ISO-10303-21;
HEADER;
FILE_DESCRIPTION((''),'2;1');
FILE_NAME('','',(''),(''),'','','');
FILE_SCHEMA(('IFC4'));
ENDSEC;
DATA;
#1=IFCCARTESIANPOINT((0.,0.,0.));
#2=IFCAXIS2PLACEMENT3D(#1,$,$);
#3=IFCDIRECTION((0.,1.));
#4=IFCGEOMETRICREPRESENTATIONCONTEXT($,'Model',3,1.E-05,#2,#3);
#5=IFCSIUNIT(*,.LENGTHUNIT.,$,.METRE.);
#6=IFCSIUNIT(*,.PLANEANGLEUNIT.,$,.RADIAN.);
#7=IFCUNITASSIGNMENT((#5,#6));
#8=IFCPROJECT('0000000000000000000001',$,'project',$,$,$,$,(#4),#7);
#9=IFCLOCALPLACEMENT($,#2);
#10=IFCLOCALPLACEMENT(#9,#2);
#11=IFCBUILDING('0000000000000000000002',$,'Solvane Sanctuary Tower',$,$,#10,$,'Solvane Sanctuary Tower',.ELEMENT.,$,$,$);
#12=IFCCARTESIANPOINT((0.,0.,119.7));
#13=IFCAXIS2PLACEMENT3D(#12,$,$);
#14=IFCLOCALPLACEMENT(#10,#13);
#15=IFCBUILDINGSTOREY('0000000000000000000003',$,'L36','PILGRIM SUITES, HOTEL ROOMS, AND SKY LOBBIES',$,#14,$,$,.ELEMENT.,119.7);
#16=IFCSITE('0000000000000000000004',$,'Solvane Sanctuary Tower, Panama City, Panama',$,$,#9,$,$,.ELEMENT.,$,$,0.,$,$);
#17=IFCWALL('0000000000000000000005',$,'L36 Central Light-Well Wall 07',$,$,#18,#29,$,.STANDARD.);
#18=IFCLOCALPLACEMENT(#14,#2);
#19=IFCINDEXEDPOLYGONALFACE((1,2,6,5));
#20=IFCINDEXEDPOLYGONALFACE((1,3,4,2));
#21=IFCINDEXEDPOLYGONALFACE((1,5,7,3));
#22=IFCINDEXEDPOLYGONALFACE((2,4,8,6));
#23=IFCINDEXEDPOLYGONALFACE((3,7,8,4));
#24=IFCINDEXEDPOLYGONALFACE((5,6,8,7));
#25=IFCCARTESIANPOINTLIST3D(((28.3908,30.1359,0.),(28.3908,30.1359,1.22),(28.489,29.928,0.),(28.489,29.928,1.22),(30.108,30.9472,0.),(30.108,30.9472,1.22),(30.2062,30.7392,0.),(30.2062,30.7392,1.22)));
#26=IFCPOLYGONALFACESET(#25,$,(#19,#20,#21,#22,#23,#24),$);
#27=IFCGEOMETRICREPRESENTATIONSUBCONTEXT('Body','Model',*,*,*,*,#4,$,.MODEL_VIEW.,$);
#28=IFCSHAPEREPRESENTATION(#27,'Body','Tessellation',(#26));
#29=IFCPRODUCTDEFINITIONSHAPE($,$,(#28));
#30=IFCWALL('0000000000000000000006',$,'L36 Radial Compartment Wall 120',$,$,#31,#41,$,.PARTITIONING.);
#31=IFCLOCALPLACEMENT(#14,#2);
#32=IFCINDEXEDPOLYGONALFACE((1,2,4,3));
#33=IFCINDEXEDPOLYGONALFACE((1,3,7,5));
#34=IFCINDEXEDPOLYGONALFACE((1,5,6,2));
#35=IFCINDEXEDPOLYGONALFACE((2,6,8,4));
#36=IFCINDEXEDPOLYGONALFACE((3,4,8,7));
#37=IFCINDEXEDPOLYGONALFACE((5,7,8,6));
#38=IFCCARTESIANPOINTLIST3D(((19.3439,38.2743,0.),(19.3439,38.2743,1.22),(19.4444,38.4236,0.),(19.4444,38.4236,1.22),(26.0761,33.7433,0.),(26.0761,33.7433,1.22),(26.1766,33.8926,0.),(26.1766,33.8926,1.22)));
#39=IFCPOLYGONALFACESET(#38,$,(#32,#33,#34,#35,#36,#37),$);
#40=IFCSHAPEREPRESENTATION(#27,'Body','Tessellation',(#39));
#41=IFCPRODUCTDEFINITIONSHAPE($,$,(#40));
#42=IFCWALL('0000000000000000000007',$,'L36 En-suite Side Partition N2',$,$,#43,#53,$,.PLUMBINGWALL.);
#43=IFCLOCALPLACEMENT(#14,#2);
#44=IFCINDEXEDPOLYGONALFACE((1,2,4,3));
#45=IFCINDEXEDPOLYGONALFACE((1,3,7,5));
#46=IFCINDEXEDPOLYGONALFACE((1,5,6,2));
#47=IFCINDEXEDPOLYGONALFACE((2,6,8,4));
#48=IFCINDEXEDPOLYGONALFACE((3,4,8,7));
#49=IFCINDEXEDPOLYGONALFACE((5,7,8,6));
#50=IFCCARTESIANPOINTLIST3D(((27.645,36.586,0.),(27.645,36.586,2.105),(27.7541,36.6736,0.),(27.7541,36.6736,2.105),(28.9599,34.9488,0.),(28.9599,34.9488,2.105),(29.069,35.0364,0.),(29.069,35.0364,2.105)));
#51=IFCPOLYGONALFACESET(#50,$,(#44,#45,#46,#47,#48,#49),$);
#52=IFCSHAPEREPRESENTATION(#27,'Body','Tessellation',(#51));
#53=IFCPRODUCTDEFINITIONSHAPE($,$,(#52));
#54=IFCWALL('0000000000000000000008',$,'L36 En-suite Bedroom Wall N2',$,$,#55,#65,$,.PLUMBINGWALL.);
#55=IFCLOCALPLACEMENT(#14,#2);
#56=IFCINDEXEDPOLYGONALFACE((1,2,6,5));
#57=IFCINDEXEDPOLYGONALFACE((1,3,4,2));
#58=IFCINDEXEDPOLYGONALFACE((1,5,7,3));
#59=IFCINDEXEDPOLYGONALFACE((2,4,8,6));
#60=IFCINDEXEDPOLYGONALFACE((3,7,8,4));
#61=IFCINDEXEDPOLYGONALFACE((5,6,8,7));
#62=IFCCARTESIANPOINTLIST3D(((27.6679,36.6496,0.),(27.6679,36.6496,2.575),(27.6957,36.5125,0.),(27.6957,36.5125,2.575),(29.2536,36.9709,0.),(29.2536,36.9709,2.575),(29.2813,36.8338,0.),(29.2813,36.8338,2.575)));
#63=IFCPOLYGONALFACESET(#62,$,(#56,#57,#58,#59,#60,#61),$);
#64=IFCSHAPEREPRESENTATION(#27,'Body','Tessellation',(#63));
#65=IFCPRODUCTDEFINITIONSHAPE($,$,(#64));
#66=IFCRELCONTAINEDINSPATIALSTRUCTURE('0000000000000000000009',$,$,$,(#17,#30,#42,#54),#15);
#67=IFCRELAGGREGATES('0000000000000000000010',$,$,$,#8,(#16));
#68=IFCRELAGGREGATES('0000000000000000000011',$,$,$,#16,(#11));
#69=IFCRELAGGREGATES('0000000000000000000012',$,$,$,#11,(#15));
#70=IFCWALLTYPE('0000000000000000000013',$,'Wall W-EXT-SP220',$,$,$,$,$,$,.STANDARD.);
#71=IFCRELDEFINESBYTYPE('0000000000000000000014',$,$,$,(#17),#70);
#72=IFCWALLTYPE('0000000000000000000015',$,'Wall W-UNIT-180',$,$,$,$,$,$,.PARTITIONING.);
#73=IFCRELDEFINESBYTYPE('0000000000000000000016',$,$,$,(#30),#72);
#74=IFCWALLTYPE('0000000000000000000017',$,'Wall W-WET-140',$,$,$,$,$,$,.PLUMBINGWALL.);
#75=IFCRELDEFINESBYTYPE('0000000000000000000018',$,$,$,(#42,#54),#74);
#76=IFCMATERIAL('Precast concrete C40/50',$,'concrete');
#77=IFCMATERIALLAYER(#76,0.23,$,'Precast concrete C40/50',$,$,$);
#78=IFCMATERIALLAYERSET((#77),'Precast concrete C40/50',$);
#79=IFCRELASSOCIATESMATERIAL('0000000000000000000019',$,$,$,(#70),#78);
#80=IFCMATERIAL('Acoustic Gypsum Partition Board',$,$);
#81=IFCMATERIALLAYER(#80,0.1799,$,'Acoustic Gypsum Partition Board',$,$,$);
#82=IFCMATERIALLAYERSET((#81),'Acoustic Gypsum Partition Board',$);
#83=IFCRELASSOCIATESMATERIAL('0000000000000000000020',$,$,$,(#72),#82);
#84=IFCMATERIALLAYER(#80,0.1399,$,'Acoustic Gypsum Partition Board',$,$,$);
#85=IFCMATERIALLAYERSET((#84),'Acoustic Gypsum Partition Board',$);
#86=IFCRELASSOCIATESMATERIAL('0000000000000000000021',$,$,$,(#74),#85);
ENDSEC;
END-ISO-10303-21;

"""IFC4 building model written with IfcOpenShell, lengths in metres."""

from ifc_helpers import new_model, si_unit, direction, frame, frame_2d, origin, place, context, subcontext, project, spatial, rectangle, extrude, material, layer, layer_set, type_object, element, save


model = new_model("IFC4")

# Units and contexts
model_context = context("Model", 3, precision=1e-05, world=origin(), true_north=direction((0.0, 1.0)))
body_context = subcontext(model_context, "Body", "Model", "MODEL_VIEW")
ifc_project = project(units=[si_unit("LENGTHUNIT", "METRE"), si_unit("PLANEANGLEUNIT", "RADIAN")], contexts=[model_context])

# Site, building, storey
site_placement = place(None, origin())
site = spatial("IfcSite", under=ifc_project, at=site_placement, Name="Solvane Sanctuary Tower, Panama City, Panama", CompositionType="ELEMENT", RefElevation=0.0)
building_placement = place(site_placement, origin())
building = spatial("IfcBuilding", under=site, at=building_placement, Name="Solvane Sanctuary Tower", LongName="Solvane Sanctuary Tower", CompositionType="ELEMENT")
storey_placement = place(building_placement, frame((0.0, 0.0, 119.7)))
storey = spatial("IfcBuildingStorey", under=building, at=storey_placement, Name="L36", Description="PILGRIM SUITES, HOTEL ROOMS, AND SKY LOBBIES", CompositionType="ELEMENT", Elevation=119.7)

# Shared definitions
ifc_material_1 = material(Name="Acoustic Gypsum Partition Board")

# Walls
ifc_material_2 = material(Name="Precast concrete C40/50", Category="concrete")
ifc_layer_1 = layer(ifc_material_2, 0.23, Name="Precast concrete C40/50")
ifc_layer_set_1 = layer_set([ifc_layer_1], Name="Precast concrete C40/50")
wall_type_1 = type_object("IfcWallType", Name="Wall W-EXT-SP220", PredefinedType="STANDARD", material=ifc_layer_set_1)
wall_1_placement = place(storey_placement, frame((30.1572, 30.8433, 0.0), z_axis=(0.0, 0.0, 1.0), x_axis=(-0.90418, -0.427152, 0.0)))
element("IfcWall", 1, at=wall_1_placement, inside=storey, type_object=wall_type_1, Name="L36 Central Light-Well Wall 07", PredefinedType="STANDARD", context=body_context, shape_type="SweptSolid", body=[
    extrude(rectangle(XDim=1.8992, YDim=0.23, at=frame_2d((0.9497, 0.0))), origin(), (0.0, 0.0, 1.0), 1.22),
])
ifc_layer_2 = layer(ifc_material_1, 0.1799, Name="Acoustic Gypsum Partition Board")
ifc_layer_set_2 = layer_set([ifc_layer_2], Name="Acoustic Gypsum Partition Board")
wall_type_2 = type_object("IfcWallType", Name="Wall W-UNIT-180", PredefinedType="PARTITIONING", material=ifc_layer_set_2)
wall_2_placement = place(storey_placement, frame((26.1265, 33.8179, 0.0), z_axis=(0.0, 0.0, 1.0), x_axis=(-0.829603, 0.558354, 0.0)))
element("IfcWall", 2, at=wall_2_placement, inside=storey, type_object=wall_type_2, Name="L36 Radial Compartment Wall 120", PredefinedType="PARTITIONING", context=body_context, shape_type="SweptSolid", body=[
    extrude(rectangle(XDim=8.115, YDim=0.1799, at=frame_2d((4.0576, 0.0))), origin(), (0.0, 0.0, 1.0), 1.22),
])
ifc_layer_3 = layer(ifc_material_1, 0.1399, Name="Acoustic Gypsum Partition Board")
ifc_layer_set_3 = layer_set([ifc_layer_3], Name="Acoustic Gypsum Partition Board")
wall_type_3 = type_object("IfcWallType", Name="Wall W-WET-140", PredefinedType="PLUMBINGWALL", material=ifc_layer_set_3)
wall_3_placement = place(storey_placement, frame((29.0144, 34.9927, 0.0), z_axis=(0.0, 0.0, 1.0), x_axis=(-0.626197, 0.779665, 0.0)))
element("IfcWall", 3, at=wall_3_placement, inside=storey, type_object=wall_type_3, Name="L36 En-suite Side Partition N2", PredefinedType="PLUMBINGWALL", context=body_context, shape_type="SweptSolid", body=[
    extrude(rectangle(XDim=2.0999, YDim=0.1399, at=frame_2d((1.0498, 0.0))), origin(), (0.0, 0.0, 1.0), 2.105),
])
wall_4_placement = place(storey_placement, frame((29.2676, 36.9023, 0.0), z_axis=(0.0, 0.0, 1.0), x_axis=(-0.980084, -0.198582, 0.0)))
element("IfcWall", 4, at=wall_4_placement, inside=storey, type_object=wall_type_3, Name="L36 En-suite Bedroom Wall N2", PredefinedType="PLUMBINGWALL", context=body_context, shape_type="SweptSolid", body=[
    extrude(rectangle(XDim=1.6179, YDim=0.1399, at=frame_2d((0.8091, 0.0))), origin(), (0.0, 0.0, 1.0), 2.575),
])

save(model, "model.ifc")
